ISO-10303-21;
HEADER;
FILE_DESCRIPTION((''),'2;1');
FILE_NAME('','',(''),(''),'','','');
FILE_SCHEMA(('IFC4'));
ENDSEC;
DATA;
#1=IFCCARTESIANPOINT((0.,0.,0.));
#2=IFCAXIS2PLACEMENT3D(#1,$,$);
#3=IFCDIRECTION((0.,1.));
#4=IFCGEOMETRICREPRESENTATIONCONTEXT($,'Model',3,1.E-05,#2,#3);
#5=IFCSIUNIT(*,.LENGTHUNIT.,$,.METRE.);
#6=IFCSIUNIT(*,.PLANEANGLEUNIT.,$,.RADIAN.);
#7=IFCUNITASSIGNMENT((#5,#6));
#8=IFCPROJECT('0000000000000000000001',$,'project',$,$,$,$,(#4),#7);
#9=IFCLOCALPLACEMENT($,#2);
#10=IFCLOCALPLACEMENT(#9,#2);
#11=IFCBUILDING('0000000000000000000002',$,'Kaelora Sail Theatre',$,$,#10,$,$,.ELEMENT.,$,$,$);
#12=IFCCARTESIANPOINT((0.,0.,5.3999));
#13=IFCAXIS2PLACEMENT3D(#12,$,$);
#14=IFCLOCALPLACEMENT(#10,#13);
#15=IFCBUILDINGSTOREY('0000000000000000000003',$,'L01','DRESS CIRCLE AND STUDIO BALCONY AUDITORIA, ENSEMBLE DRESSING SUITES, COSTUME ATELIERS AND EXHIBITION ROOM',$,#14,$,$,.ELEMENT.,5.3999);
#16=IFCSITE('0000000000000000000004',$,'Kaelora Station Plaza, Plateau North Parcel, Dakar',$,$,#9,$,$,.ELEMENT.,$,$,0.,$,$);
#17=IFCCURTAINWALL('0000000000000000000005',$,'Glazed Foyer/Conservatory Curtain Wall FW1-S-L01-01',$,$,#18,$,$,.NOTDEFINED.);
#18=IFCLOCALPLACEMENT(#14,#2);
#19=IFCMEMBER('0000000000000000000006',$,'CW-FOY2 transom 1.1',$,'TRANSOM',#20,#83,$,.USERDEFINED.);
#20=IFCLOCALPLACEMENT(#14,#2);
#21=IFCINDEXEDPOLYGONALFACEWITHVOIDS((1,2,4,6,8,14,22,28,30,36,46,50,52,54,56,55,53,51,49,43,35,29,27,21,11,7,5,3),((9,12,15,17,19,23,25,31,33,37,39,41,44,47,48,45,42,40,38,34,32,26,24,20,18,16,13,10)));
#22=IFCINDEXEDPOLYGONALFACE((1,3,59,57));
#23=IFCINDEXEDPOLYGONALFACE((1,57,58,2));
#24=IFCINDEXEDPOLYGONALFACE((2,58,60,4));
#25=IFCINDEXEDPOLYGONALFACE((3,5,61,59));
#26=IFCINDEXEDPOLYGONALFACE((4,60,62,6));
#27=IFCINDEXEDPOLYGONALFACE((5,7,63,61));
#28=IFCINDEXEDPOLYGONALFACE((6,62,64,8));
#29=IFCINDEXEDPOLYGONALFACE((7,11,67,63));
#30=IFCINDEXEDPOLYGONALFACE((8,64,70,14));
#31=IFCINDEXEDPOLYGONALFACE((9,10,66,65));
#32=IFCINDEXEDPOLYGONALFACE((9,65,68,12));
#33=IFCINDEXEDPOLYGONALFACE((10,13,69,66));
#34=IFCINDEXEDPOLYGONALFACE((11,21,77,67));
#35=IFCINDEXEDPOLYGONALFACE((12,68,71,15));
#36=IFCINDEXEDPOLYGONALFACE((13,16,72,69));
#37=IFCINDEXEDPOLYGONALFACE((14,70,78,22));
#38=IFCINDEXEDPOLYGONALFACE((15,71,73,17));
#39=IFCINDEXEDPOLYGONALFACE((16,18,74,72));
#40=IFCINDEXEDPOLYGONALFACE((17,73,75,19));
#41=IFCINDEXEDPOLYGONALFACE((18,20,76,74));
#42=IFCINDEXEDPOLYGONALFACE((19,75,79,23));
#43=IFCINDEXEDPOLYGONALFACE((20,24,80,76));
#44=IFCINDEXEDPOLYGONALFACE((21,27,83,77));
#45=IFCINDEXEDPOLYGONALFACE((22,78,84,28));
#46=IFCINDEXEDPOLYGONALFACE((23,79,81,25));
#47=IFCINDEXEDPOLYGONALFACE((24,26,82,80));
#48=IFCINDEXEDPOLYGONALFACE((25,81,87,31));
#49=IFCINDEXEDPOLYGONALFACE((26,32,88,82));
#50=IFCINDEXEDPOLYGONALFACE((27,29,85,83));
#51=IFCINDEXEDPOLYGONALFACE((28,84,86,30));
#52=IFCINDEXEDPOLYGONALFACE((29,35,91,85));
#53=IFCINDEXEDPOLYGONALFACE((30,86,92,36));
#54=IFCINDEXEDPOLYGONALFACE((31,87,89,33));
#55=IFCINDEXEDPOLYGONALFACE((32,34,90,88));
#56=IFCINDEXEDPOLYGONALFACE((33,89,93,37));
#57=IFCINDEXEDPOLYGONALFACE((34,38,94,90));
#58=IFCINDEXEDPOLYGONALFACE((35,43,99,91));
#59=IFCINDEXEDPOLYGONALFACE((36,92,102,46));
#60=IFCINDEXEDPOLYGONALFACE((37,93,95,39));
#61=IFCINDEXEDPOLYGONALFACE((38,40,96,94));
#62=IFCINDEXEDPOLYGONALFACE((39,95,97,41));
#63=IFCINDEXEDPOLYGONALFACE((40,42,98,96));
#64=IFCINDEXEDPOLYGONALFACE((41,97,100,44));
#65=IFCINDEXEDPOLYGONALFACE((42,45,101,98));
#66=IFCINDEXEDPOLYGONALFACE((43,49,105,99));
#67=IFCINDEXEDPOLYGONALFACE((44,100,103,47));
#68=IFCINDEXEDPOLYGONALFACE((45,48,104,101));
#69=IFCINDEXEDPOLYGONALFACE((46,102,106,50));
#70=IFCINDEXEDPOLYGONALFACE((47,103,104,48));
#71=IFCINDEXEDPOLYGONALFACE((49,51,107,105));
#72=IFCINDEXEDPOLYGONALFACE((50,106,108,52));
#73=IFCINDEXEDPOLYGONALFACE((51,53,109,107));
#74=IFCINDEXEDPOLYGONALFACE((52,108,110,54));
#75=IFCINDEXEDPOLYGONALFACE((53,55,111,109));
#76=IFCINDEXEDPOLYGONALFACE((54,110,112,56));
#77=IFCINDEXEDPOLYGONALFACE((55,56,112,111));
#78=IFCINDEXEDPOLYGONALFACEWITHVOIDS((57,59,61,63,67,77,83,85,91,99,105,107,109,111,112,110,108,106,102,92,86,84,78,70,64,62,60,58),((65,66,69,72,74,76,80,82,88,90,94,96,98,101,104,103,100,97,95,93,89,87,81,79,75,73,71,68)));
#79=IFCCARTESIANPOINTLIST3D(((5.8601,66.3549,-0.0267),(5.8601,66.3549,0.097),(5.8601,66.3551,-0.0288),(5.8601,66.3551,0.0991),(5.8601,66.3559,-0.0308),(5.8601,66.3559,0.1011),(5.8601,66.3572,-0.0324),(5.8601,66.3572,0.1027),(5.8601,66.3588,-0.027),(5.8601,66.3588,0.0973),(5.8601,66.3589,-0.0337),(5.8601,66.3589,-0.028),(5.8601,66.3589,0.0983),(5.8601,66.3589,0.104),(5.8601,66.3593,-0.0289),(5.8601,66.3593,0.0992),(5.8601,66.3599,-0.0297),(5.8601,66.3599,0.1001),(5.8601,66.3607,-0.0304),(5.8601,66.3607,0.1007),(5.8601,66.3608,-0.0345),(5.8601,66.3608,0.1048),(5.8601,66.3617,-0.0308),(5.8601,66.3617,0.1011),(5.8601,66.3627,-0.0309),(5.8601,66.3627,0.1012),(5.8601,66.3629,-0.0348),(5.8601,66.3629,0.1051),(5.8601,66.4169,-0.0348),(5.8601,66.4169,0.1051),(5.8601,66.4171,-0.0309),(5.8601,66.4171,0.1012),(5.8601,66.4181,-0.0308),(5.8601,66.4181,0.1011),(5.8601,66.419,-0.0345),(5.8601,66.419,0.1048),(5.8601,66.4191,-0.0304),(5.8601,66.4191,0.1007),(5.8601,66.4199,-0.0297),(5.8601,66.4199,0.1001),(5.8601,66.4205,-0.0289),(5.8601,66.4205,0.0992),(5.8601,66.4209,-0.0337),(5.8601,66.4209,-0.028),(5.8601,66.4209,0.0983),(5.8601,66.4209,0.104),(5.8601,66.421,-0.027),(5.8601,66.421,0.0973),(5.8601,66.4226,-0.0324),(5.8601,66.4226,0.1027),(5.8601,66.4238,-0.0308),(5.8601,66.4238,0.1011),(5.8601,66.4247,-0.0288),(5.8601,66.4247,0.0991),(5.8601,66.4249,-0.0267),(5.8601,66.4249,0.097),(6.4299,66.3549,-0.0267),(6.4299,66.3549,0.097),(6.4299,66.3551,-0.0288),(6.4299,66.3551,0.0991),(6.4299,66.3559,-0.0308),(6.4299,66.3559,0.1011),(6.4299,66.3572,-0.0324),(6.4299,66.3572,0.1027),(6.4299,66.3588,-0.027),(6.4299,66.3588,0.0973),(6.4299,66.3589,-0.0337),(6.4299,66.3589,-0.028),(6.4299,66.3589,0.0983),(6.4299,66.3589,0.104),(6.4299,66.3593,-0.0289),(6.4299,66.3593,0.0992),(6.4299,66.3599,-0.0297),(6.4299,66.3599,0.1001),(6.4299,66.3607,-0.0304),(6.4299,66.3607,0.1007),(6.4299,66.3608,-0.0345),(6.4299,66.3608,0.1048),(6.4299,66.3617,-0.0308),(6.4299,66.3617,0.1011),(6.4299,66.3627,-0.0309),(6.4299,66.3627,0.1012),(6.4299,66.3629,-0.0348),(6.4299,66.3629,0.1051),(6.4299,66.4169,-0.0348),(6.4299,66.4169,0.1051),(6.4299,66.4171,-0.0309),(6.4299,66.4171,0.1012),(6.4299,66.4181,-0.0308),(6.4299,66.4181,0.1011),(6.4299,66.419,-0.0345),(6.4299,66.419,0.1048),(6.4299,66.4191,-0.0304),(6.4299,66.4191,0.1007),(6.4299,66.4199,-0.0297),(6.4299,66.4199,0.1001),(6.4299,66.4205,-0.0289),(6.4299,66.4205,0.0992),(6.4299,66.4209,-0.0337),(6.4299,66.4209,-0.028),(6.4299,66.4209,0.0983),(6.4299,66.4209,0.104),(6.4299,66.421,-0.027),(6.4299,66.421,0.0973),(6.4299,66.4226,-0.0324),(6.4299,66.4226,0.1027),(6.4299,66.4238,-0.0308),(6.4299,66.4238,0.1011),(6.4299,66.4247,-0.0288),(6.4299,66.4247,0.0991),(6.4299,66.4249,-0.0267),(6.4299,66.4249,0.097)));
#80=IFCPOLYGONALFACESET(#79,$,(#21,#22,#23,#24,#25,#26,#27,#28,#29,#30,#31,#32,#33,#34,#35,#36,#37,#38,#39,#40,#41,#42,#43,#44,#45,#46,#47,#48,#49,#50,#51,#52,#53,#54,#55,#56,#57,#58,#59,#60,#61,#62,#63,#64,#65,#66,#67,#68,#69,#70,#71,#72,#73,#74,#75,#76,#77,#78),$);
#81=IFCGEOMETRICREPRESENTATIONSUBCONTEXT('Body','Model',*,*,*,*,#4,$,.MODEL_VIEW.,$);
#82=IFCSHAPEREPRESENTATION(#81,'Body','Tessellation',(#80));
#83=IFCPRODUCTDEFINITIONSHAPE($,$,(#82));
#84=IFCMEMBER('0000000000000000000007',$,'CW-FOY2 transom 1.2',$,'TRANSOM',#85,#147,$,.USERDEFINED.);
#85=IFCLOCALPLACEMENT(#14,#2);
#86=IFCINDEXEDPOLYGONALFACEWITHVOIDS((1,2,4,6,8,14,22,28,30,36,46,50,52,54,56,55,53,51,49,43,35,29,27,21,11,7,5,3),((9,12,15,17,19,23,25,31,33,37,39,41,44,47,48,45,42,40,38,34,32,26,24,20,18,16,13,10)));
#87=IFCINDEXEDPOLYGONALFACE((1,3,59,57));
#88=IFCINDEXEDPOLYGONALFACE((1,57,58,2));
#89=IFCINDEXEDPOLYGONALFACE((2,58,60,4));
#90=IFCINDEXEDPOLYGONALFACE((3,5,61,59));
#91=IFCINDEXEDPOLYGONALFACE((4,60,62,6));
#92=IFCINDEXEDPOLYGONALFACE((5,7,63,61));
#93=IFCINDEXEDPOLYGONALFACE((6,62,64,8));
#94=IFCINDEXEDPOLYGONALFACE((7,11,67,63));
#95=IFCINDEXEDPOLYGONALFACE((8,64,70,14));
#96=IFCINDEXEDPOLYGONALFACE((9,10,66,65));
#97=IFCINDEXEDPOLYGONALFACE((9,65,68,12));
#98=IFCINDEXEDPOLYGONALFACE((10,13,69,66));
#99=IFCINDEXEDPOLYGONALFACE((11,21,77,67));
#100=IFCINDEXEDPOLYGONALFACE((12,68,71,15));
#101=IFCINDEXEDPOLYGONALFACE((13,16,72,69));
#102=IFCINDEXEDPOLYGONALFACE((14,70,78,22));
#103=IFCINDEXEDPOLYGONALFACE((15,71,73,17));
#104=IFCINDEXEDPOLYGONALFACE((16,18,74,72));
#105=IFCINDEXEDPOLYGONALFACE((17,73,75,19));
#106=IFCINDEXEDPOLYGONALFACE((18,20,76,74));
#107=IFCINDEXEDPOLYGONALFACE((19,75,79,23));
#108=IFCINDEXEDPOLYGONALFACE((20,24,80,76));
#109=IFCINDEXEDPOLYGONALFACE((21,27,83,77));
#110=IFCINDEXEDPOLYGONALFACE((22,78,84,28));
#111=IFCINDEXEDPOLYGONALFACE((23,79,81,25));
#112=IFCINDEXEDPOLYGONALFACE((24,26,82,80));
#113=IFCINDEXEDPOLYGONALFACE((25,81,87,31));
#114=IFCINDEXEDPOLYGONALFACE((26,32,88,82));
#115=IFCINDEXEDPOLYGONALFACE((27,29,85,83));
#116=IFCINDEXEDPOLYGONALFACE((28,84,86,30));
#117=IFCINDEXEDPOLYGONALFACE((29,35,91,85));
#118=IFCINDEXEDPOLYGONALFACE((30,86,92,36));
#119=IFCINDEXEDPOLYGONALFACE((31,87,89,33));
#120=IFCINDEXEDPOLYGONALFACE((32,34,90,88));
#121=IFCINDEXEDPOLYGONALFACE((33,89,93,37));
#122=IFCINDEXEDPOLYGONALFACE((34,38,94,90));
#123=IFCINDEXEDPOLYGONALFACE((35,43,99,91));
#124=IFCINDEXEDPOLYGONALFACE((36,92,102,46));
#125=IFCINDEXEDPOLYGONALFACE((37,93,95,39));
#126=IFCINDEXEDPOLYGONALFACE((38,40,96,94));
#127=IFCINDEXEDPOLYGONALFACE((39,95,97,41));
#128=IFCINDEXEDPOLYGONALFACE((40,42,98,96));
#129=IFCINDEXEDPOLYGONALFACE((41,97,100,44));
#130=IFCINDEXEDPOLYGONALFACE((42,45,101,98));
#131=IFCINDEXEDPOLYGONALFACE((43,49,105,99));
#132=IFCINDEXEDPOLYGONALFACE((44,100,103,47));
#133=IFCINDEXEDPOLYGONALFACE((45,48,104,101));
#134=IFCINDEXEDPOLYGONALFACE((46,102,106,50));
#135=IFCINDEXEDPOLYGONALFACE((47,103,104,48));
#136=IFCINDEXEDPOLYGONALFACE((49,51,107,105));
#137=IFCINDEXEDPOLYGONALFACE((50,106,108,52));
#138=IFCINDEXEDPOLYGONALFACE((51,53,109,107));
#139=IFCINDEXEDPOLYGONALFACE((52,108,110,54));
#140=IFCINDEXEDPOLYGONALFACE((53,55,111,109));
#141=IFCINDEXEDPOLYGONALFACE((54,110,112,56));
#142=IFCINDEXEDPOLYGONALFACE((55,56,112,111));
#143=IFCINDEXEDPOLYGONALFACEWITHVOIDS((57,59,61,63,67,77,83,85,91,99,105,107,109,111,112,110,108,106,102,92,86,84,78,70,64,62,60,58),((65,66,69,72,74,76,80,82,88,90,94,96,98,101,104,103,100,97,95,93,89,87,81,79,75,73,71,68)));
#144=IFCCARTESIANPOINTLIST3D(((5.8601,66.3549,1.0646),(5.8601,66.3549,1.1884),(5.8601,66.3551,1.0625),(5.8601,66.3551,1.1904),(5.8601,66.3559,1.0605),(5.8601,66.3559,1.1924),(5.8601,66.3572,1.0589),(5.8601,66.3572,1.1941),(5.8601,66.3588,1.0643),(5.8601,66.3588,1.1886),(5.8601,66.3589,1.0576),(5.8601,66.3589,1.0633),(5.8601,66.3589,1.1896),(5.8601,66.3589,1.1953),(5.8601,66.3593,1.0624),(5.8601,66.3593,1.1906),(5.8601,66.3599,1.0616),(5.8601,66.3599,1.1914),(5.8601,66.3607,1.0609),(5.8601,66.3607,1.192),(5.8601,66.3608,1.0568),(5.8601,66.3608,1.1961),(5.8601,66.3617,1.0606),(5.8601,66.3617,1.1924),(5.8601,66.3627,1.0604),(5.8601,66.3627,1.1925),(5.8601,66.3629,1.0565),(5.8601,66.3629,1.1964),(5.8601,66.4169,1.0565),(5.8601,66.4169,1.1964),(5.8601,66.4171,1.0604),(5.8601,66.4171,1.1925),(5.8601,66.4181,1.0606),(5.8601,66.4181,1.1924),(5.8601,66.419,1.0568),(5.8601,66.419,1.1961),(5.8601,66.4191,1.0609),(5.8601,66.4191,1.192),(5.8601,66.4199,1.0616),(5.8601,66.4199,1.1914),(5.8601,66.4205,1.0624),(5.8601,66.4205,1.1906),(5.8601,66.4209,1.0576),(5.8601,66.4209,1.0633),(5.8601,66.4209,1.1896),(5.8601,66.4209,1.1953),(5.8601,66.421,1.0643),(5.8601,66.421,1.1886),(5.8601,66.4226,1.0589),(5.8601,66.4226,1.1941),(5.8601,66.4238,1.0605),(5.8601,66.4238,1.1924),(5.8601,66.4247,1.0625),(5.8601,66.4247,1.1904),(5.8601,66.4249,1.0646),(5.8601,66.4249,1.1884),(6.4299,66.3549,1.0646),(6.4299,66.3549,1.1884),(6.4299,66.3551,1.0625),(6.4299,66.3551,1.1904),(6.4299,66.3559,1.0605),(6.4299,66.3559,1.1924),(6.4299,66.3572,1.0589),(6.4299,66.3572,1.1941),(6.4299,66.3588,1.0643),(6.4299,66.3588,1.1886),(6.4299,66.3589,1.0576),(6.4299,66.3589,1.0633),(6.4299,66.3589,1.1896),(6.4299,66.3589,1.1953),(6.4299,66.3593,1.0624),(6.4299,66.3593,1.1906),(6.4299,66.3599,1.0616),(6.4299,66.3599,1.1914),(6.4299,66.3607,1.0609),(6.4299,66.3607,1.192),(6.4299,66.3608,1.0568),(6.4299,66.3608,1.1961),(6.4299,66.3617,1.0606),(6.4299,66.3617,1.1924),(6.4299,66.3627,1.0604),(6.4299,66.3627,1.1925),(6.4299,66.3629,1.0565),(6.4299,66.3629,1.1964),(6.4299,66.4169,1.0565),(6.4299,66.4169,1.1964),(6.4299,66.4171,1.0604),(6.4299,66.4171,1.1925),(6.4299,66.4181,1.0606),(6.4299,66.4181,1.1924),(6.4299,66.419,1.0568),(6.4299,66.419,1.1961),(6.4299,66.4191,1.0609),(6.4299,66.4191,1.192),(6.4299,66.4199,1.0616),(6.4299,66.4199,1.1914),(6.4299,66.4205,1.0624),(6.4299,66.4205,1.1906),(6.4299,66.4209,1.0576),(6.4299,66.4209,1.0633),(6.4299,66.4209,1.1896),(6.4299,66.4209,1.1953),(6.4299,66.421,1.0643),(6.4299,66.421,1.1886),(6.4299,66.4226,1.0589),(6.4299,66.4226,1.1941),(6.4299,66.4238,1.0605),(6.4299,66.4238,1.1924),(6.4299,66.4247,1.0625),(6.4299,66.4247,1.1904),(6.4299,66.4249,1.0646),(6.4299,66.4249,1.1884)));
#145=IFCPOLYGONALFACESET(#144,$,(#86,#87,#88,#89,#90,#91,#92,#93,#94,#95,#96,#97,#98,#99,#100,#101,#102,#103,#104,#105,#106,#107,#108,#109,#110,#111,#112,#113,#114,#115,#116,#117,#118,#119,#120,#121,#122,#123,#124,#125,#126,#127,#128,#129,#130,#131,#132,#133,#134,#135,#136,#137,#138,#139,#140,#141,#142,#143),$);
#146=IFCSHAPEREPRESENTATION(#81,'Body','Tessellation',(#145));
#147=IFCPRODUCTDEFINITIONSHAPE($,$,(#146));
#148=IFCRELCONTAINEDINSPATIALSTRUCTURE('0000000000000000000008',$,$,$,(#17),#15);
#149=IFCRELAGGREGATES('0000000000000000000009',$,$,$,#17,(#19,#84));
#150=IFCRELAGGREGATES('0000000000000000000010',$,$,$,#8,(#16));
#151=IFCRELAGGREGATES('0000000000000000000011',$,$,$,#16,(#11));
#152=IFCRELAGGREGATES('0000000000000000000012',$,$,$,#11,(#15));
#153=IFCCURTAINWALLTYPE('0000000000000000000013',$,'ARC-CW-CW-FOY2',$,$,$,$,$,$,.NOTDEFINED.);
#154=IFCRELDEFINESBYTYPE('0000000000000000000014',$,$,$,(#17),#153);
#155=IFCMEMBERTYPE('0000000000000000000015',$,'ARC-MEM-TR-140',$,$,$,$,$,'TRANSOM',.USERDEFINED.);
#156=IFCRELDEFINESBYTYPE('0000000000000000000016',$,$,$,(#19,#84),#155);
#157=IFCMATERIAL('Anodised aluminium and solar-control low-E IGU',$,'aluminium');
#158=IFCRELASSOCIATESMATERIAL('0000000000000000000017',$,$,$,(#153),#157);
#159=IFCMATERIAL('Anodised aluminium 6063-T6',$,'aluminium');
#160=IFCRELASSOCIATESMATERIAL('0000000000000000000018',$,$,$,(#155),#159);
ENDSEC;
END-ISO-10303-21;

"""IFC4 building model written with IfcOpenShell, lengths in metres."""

from ifc_helpers import new_model, si_unit, direction, frame, origin, origin_2d, place, context, subcontext, project, spatial, hollow_rectangle, extrude, material, material_profile, profile_set, type_object, element, aggregate, save


model = new_model("IFC4")

# Units and contexts
model_context = context("Model", 3, precision=1e-05, world=origin(), true_north=direction((0.0, 1.0)))
body_context = subcontext(model_context, "Body", "Model", "MODEL_VIEW")
ifc_project = project(units=[si_unit("LENGTHUNIT", "METRE"), si_unit("PLANEANGLEUNIT", "RADIAN")], contexts=[model_context])

# Site, building, storey
site_placement = place(None, origin())
site = spatial("IfcSite", under=ifc_project, at=site_placement, Name="Kaelora Station Plaza, Plateau North Parcel, Dakar", CompositionType="ELEMENT", RefElevation=0.0)
building_placement = place(site_placement, origin())
building = spatial("IfcBuilding", under=site, at=building_placement, Name="Kaelora Sail Theatre", CompositionType="ELEMENT")
storey_placement = place(building_placement, frame((0.0, 0.0, 5.3999)))
storey = spatial("IfcBuildingStorey", under=building, at=storey_placement, Name="L01", Description="DRESS CIRCLE AND STUDIO BALCONY AUDITORIA, ENSEMBLE DRESSING SUITES, COSTUME ATELIERS AND EXHIBITION ROOM", CompositionType="ELEMENT", Elevation=5.3999)

# Curtain wall, members
ifc_material_1 = material(Name="Anodised aluminium and solar-control low-E IGU", Category="aluminium")
curtain_wall_type = type_object("IfcCurtainWallType", Name="ARC-CW-CW-FOY2", PredefinedType="NOTDEFINED", material=ifc_material_1)
curtain_wall_placement = place(storey_placement, origin())
curtain_wall = element("IfcCurtainWall", 1, at=curtain_wall_placement, inside=storey, type_object=curtain_wall_type, Name="Glazed Foyer/Conservatory Curtain Wall FW1-S-L01-01", PredefinedType="NOTDEFINED")
ifc_material_2 = material(Name="Anodised aluminium 6063-T6", Category="aluminium")
ifc_material_profile_1 = material_profile(ifc_material_2, hollow_rectangle(XDim=0.0701, YDim=0.1399, WallThickness=0.0039, InnerFilletRadius=0.0039, OuterFilletRadius=0.0081, at=origin_2d()), Name="ALU-TRAN 70x140x4")
ifc_profile_set_1 = profile_set([ifc_material_profile_1], Name="Anodised aluminium 6063-T6")
member_type_1 = type_object("IfcMemberType", Name="ARC-MEM-TR-140", ElementType="TRANSOM", PredefinedType="USERDEFINED", material=ifc_profile_set_1)
member_1_placement = place(storey_placement, frame((5.8601, 66.3899, 0.0352), z_axis=(1.0, 0.0, 0.0), x_axis=(0.0, 1.0, 0.0)))
member_1 = element("IfcMember", 2, at=member_1_placement, type_object=member_type_1, Name="CW-FOY2 transom 1.1", ObjectType="TRANSOM", PredefinedType="USERDEFINED", context=body_context, shape_type="SweptSolid", body=[
    extrude(hollow_rectangle(XDim=0.0701, YDim=0.1399, WallThickness=0.0039, InnerFilletRadius=0.0039, OuterFilletRadius=0.0081, at=origin_2d()), origin(), (0.0, 0.0, 1.0), 0.5698),
])
member_2_placement = place(storey_placement, frame((5.8601, 66.3899, 1.1265), z_axis=(1.0, 0.0, 0.0), x_axis=(0.0, 1.0, 0.0)))
member_2 = element("IfcMember", 3, at=member_2_placement, type_object=member_type_1, Name="CW-FOY2 transom 1.2", ObjectType="TRANSOM", PredefinedType="USERDEFINED", context=body_context, shape_type="SweptSolid", body=[
    extrude(hollow_rectangle(XDim=0.0701, YDim=0.1399, WallThickness=0.0039, InnerFilletRadius=0.0039, OuterFilletRadius=0.0081, at=origin_2d()), origin(), (0.0, 0.0, 1.0), 0.5698),
])

aggregate(curtain_wall, [member_1, member_2])

save(model, "model.ifc")
